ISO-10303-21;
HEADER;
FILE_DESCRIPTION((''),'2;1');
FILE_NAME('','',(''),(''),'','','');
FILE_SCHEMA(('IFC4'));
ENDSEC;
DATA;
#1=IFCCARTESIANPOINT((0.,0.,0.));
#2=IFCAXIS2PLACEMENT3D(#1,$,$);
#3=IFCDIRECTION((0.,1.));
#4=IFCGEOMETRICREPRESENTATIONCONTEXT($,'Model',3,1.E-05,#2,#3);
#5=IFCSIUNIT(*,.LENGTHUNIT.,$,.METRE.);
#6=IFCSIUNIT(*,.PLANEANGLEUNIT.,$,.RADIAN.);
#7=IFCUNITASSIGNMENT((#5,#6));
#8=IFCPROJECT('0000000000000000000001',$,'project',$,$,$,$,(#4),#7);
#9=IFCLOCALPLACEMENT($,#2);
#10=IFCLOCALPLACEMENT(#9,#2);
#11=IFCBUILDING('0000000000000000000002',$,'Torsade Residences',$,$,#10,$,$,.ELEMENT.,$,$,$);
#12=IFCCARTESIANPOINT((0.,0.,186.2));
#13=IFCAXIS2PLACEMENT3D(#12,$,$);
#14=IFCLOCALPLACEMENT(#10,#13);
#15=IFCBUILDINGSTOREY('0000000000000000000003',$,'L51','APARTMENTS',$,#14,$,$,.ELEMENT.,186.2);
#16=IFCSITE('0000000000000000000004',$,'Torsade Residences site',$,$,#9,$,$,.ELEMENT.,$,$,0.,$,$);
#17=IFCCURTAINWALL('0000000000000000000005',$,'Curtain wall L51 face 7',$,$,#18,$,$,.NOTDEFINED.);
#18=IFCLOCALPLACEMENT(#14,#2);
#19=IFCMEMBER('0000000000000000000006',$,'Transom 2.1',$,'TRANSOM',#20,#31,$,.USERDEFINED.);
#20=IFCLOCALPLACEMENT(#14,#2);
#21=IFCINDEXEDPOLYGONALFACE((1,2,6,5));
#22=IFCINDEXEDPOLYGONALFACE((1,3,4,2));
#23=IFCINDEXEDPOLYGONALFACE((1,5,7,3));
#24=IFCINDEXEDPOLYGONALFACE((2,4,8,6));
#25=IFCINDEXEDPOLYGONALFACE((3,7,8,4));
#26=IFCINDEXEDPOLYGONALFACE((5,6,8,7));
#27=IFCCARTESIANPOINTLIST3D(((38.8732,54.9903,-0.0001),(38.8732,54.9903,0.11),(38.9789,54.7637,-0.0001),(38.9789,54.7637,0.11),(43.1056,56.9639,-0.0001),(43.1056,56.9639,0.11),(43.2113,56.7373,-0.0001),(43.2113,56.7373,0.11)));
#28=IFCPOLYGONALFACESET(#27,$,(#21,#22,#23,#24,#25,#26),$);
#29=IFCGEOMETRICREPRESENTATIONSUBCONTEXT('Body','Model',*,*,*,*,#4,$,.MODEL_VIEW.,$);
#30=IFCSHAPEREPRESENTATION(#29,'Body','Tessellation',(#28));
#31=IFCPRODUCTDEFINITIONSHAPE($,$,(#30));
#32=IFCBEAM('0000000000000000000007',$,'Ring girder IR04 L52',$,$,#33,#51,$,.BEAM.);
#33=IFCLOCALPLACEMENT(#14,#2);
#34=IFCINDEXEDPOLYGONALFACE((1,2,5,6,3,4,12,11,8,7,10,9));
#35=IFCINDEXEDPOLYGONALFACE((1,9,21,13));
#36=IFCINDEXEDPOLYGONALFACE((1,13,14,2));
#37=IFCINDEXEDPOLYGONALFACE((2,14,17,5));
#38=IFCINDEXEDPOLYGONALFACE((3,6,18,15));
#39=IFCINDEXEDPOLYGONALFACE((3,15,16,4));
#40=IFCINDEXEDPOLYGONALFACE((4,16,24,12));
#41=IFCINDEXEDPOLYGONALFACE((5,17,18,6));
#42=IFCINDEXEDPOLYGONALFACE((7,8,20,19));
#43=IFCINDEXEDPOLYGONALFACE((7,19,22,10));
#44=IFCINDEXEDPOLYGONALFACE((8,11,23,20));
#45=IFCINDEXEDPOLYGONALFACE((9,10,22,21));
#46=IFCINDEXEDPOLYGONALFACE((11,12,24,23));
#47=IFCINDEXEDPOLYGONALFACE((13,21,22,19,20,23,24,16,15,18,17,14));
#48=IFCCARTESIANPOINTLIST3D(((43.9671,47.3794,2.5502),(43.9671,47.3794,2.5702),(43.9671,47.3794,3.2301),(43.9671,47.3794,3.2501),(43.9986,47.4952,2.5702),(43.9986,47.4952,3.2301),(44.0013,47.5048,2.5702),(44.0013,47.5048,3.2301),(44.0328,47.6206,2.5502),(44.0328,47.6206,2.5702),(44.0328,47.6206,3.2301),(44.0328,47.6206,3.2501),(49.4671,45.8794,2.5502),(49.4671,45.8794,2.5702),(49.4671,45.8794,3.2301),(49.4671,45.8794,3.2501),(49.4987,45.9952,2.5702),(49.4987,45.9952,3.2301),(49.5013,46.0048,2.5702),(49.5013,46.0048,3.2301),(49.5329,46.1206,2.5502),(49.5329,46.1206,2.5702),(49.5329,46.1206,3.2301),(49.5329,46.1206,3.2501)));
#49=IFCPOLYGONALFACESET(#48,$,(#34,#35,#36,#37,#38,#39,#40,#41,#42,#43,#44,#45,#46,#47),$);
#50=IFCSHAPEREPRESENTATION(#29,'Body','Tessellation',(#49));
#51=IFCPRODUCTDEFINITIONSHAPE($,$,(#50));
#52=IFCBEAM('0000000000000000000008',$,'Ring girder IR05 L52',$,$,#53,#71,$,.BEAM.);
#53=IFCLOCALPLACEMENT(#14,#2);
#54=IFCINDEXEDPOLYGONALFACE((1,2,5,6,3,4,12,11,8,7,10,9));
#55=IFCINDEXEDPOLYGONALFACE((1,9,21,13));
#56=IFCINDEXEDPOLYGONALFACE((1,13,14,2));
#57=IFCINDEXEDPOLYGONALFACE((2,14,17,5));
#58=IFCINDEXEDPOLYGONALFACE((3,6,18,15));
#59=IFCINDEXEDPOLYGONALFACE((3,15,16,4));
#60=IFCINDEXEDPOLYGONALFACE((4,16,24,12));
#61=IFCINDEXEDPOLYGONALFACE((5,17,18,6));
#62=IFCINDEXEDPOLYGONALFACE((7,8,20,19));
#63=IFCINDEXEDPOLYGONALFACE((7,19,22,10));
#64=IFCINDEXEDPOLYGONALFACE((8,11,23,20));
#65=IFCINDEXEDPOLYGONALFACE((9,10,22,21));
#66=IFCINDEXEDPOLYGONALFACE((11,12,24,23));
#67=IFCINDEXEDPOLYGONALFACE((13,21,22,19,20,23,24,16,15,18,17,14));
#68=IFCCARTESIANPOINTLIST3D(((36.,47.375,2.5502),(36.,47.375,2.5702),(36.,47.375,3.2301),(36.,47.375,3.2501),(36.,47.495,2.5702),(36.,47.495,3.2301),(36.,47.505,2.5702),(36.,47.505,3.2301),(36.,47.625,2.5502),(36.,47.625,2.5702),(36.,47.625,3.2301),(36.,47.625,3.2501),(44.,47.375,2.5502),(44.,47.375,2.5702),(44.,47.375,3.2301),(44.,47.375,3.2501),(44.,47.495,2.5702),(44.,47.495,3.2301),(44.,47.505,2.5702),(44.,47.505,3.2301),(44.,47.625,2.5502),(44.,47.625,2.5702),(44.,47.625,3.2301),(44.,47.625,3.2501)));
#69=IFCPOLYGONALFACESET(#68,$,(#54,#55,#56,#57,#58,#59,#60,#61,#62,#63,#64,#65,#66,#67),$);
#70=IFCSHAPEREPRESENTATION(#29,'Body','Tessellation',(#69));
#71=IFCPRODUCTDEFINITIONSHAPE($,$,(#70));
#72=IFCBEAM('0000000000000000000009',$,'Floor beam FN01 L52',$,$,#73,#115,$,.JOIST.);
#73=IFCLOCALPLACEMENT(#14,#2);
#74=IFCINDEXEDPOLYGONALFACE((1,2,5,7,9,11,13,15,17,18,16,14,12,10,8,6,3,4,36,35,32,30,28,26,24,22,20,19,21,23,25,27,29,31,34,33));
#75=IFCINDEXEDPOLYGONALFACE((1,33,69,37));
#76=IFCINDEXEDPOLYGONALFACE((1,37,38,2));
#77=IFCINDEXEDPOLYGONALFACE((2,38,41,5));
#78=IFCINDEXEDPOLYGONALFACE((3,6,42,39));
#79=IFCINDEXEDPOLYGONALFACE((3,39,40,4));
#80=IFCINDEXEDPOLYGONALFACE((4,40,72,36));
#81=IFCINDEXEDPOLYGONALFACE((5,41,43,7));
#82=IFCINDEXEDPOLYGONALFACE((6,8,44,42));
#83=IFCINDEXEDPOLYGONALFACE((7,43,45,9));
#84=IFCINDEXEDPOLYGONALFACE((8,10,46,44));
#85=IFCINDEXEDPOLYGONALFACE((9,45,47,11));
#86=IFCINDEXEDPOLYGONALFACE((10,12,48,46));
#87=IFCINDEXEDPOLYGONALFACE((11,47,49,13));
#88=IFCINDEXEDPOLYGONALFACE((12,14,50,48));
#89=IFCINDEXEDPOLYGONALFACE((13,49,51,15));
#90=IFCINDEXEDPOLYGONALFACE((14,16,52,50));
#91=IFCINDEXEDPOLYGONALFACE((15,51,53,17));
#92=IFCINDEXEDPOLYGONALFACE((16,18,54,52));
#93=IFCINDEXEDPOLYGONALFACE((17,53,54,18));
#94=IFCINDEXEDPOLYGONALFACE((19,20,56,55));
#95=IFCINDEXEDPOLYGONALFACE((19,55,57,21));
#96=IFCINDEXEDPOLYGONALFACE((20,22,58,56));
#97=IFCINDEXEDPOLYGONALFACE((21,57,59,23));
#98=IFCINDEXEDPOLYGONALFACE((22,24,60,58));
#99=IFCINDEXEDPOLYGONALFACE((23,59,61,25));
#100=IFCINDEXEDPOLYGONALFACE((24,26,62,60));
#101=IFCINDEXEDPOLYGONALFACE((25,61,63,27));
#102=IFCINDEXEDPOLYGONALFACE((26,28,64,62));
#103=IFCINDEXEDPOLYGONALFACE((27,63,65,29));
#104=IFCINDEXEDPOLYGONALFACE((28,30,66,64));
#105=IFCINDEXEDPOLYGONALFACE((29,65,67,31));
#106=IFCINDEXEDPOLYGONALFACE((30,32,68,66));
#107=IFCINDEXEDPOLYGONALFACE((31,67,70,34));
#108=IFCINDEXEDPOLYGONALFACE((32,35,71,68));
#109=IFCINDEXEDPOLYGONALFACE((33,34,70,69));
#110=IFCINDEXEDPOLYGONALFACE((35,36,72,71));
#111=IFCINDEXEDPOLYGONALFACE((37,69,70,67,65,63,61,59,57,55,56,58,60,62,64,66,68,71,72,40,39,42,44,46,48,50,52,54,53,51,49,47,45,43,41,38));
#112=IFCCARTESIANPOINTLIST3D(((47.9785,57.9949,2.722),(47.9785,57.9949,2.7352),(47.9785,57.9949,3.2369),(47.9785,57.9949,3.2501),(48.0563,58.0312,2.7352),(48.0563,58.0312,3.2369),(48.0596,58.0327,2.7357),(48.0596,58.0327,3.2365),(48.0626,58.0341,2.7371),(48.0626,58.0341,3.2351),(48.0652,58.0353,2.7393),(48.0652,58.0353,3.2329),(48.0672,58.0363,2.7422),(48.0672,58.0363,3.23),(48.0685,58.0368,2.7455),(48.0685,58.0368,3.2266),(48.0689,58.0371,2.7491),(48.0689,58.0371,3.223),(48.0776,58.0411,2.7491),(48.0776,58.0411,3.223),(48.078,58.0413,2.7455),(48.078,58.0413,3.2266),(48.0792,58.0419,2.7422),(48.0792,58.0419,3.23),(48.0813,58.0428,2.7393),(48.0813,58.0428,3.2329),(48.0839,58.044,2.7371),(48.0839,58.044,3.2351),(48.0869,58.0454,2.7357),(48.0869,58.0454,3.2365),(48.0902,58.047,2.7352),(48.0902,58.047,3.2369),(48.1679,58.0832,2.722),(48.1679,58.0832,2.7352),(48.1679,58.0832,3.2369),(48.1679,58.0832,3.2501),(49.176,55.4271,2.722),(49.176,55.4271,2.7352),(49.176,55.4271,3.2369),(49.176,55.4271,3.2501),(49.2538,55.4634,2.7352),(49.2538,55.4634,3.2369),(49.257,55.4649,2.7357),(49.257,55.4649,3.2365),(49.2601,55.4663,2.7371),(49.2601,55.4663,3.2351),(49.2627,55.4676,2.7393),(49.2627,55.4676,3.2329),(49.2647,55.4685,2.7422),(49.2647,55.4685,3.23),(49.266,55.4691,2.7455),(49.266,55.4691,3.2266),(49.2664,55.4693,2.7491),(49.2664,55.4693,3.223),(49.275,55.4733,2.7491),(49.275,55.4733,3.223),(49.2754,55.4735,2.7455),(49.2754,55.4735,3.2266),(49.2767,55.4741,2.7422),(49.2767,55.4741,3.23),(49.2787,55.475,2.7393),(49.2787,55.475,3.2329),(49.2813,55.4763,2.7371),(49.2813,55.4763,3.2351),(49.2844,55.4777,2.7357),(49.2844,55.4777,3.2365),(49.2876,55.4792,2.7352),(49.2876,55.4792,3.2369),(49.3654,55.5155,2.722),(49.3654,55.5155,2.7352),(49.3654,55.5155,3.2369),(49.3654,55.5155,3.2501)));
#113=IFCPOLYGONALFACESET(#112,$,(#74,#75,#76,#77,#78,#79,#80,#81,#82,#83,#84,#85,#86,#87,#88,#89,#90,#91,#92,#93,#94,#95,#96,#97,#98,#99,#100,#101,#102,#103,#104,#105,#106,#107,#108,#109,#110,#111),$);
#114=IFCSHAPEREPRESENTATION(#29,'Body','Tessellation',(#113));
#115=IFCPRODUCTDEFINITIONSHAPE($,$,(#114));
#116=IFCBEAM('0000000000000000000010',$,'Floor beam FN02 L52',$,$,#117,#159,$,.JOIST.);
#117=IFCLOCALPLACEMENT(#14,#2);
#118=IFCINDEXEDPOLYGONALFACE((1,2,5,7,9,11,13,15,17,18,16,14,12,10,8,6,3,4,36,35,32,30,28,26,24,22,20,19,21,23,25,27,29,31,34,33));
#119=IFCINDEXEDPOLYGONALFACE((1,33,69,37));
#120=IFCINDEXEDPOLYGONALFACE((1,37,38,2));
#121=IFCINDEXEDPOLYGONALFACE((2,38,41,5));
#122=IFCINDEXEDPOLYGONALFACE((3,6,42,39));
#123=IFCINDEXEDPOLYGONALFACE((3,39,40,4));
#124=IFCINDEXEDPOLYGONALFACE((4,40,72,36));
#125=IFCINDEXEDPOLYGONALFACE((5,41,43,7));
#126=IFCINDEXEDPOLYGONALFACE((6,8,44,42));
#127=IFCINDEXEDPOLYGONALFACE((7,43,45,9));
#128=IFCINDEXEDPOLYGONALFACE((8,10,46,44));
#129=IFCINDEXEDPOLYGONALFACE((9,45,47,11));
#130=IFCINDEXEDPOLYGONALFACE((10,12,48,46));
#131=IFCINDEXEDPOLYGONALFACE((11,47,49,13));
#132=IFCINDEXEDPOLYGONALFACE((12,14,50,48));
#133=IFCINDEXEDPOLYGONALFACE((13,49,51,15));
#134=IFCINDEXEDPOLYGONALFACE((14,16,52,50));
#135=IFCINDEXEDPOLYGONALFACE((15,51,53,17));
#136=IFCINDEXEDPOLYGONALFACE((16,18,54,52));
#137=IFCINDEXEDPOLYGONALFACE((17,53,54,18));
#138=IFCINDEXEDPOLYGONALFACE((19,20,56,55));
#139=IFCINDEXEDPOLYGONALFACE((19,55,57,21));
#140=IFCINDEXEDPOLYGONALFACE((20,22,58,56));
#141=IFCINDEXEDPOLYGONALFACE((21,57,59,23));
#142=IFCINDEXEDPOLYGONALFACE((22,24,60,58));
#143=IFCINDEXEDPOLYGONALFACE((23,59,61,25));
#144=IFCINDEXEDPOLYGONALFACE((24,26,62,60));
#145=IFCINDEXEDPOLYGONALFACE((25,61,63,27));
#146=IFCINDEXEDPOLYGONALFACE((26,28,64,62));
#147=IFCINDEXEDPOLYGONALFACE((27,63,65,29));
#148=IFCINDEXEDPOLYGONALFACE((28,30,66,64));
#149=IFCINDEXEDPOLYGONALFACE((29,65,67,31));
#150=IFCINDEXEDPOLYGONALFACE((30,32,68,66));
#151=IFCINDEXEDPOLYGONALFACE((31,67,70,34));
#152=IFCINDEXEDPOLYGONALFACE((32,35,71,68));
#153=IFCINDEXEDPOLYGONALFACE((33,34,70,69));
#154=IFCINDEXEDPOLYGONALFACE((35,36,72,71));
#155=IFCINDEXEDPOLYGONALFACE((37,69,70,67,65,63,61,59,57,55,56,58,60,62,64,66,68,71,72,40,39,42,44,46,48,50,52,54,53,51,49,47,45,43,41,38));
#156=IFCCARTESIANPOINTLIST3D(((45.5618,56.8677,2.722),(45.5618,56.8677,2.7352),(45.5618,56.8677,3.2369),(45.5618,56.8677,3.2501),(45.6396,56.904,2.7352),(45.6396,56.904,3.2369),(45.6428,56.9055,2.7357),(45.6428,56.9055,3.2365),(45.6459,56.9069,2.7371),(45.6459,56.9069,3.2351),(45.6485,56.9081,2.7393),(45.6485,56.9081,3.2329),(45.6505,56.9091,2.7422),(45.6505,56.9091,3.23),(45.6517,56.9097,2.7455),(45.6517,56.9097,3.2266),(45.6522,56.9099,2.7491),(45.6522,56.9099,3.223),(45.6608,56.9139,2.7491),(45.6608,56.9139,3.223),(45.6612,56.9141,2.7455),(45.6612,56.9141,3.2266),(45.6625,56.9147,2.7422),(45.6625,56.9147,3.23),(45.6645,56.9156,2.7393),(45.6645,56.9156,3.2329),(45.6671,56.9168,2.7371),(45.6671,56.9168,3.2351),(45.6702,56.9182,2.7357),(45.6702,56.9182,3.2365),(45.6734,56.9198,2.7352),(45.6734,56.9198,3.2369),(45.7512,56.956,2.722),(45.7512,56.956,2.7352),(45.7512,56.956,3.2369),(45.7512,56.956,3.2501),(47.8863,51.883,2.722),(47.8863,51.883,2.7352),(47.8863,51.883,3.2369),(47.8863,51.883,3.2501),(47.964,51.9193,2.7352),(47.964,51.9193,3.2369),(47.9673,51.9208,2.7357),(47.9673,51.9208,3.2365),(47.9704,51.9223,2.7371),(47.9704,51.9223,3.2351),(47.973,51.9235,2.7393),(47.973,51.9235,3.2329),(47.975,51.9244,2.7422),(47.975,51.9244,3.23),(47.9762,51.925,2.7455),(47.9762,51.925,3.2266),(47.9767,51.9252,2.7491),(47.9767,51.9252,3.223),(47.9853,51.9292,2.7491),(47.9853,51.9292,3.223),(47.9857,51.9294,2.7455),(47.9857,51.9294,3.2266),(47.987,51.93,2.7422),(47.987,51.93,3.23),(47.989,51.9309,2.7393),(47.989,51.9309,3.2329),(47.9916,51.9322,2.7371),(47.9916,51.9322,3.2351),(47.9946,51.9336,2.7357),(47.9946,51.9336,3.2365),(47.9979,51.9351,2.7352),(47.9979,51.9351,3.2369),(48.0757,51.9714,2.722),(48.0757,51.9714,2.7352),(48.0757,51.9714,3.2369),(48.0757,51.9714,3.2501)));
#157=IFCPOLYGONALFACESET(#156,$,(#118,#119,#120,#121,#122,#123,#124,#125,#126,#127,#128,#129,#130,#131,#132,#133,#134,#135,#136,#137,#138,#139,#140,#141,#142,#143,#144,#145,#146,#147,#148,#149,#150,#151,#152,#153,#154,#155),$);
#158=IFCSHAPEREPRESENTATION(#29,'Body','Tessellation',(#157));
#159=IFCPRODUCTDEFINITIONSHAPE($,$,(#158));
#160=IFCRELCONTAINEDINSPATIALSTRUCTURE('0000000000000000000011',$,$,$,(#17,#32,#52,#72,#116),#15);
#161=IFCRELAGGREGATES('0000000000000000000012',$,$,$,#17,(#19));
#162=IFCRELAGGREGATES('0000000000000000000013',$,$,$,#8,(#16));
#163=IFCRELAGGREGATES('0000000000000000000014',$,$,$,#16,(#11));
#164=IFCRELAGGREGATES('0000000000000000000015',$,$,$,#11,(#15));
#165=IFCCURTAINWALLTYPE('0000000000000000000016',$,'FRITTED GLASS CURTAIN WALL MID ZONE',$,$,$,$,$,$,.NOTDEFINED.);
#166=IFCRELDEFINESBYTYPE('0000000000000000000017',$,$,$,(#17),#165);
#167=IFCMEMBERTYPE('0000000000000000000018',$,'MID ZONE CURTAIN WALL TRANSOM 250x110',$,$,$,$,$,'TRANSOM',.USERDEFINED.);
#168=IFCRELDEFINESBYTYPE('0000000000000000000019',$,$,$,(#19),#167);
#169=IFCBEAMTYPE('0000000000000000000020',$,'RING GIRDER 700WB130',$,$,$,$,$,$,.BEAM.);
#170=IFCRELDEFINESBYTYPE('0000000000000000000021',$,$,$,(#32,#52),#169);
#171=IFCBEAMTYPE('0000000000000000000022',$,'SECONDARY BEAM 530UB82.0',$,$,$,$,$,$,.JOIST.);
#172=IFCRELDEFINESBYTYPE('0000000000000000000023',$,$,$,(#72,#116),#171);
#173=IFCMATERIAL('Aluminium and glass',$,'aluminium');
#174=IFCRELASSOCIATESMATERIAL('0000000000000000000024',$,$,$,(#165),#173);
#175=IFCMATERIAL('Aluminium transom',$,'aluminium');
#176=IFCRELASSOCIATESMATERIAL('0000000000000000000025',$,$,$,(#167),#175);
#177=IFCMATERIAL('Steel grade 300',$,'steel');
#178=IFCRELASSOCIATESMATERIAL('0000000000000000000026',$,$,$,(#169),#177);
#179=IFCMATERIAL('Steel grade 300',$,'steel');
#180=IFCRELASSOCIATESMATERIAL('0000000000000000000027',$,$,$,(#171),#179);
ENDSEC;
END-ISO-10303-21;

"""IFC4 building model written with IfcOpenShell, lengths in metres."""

from ifc_helpers import new_model, si_unit, direction, frame, origin, origin_2d, place, context, subcontext, project, spatial, rectangle, i_section, extrude, material, material_profile, profile_set, type_object, element, aggregate, save


model = new_model("IFC4")

# Units and contexts
model_context = context("Model", 3, precision=1e-05, world=origin(), true_north=direction((0.0, 1.0)))
body_context = subcontext(model_context, "Body", "Model", "MODEL_VIEW")
ifc_project = project(units=[si_unit("LENGTHUNIT", "METRE"), si_unit("PLANEANGLEUNIT", "RADIAN")], contexts=[model_context])

# Site, building, storey
site_placement = place(None, origin())
site = spatial("IfcSite", under=ifc_project, at=site_placement, Name="Torsade Residences site", CompositionType="ELEMENT", RefElevation=0.0)
building_placement = place(site_placement, origin())
building = spatial("IfcBuilding", under=site, at=building_placement, Name="Torsade Residences", CompositionType="ELEMENT")
storey_placement = place(building_placement, frame((0.0, 0.0, 186.2)))
storey = spatial("IfcBuildingStorey", under=building, at=storey_placement, Name="L51", Description="APARTMENTS", CompositionType="ELEMENT", Elevation=186.2)

# Curtain wall, member
ifc_material_1 = material(Name="Aluminium and glass", Category="aluminium")
curtain_wall_type = type_object("IfcCurtainWallType", Name="FRITTED GLASS CURTAIN WALL MID ZONE", PredefinedType="NOTDEFINED", material=ifc_material_1)
curtain_wall_placement = place(storey_placement, origin())
curtain_wall = element("IfcCurtainWall", 1, at=curtain_wall_placement, inside=storey, type_object=curtain_wall_type, Name="Curtain wall L51 face 7", PredefinedType="NOTDEFINED")
ifc_material_2 = material(Name="Aluminium transom", Category="aluminium")
ifc_material_profile_1 = material_profile(ifc_material_2, rectangle(XDim=0.25, YDim=0.1101, at=origin_2d()), Name="MID ZONE CURTAIN WALL TRANSOM 250x110")
ifc_profile_set_1 = profile_set([ifc_material_profile_1], Name="Aluminium transom")
member_type_1 = type_object("IfcMemberType", Name="MID ZONE CURTAIN WALL TRANSOM 250x110", ElementType="TRANSOM", PredefinedType="USERDEFINED", material=ifc_profile_set_1)
member_1_placement = place(storey_placement, frame((43.1584, 56.8506, 0.0549), z_axis=(-0.906306, -0.422622, 0.0), x_axis=(0.422622, -0.906306, 0.0)))
member_1 = element("IfcMember", 2, at=member_1_placement, type_object=member_type_1, Name="Transom 2.1", ObjectType="TRANSOM", PredefinedType="USERDEFINED", context=body_context, shape_type="SweptSolid", body=[
    extrude(rectangle(XDim=0.25, YDim=0.1101, at=origin_2d()), origin(), (0.0, 0.0, 1.0), 4.6699),
])

# Beams
ifc_material_3 = material(Name="Steel grade 300", Category="steel")
ifc_material_profile_2 = material_profile(ifc_material_3, i_section(OverallWidth=0.25, OverallDepth=0.7, WebThickness=0.01, FlangeThickness=0.02, at=origin_2d()), Name="700WB130")
ifc_profile_set_2 = profile_set([ifc_material_profile_2], Name="Steel grade 300")
beam_type_1 = type_object("IfcBeamType", Name="RING GIRDER 700WB130", PredefinedType="BEAM", material=ifc_profile_set_2)
beam_1_placement = place(storey_placement, frame((49.5, 46.0, 2.9001), z_axis=(-0.964764, 0.263117, 0.0), x_axis=(-0.263117, -0.964764, 0.0)))
element("IfcBeam", 3, at=beam_1_placement, inside=storey, type_object=beam_type_1, Name="Ring girder IR04 L52", PredefinedType="BEAM", context=body_context, shape_type="SweptSolid", body=[
    extrude(i_section(OverallWidth=0.25, OverallDepth=0.7, WebThickness=0.01, FlangeThickness=0.02, at=origin_2d()), origin(), (0.0, 0.0, 1.0), 5.7009),
])
beam_2_placement = place(storey_placement, frame((44.0, 47.5, 2.9001), z_axis=(-1.0, 0.0, 0.0), x_axis=(0.0, -1.0, 0.0)))
element("IfcBeam", 4, at=beam_2_placement, inside=storey, type_object=beam_type_1, Name="Ring girder IR05 L52", PredefinedType="BEAM", context=body_context, shape_type="SweptSolid", body=[
    extrude(i_section(OverallWidth=0.25, OverallDepth=0.7, WebThickness=0.01, FlangeThickness=0.02, at=origin_2d()), origin(), (0.0, 0.0, 1.0), 8.0),
])
ifc_material_4 = material(Name="Steel grade 300", Category="steel")
ifc_material_profile_3 = material_profile(ifc_material_4, i_section(OverallWidth=0.209, OverallDepth=0.5281, WebThickness=0.0095, FlangeThickness=0.0132, FilletRadius=0.0139, at=origin_2d()), Name="530UB82.0")
ifc_profile_set_3 = profile_set([ifc_material_profile_3], Name="Steel grade 300")
beam_type_2 = type_object("IfcBeamType", Name="SECONDARY BEAM 530UB82.0", PredefinedType="JOIST", material=ifc_profile_set_3)
beam_3_placement = place(storey_placement, frame((48.0732, 58.0391, 2.9861), z_axis=(0.422645, -0.906295, 0.0), x_axis=(0.906295, 0.422645, 0.0)))
element("IfcBeam", 5, at=beam_3_placement, inside=storey, type_object=beam_type_2, Name="Floor beam FN01 L52", PredefinedType="JOIST", context=body_context, shape_type="SweptSolid", body=[
    extrude(i_section(OverallWidth=0.209, OverallDepth=0.5281, WebThickness=0.0095, FlangeThickness=0.0132, FilletRadius=0.0139, at=origin_2d()), origin(), (0.0, 0.0, 1.0), 2.8333),
])
beam_4_placement = place(storey_placement, frame((45.6565, 56.9119, 2.9861), z_axis=(0.422633, -0.906301, 0.0), x_axis=(0.906301, 0.422633, 0.0)))
element("IfcBeam", 6, at=beam_4_placement, inside=storey, type_object=beam_type_2, Name="Floor beam FN02 L52", PredefinedType="JOIST", context=body_context, shape_type="SweptSolid", body=[
    extrude(i_section(OverallWidth=0.209, OverallDepth=0.5281, WebThickness=0.0095, FlangeThickness=0.0132, FilletRadius=0.0139, at=origin_2d()), origin(), (0.0, 0.0, 1.0), 5.5),
])

aggregate(curtain_wall, [member_1])

save(model, "model.ifc")
